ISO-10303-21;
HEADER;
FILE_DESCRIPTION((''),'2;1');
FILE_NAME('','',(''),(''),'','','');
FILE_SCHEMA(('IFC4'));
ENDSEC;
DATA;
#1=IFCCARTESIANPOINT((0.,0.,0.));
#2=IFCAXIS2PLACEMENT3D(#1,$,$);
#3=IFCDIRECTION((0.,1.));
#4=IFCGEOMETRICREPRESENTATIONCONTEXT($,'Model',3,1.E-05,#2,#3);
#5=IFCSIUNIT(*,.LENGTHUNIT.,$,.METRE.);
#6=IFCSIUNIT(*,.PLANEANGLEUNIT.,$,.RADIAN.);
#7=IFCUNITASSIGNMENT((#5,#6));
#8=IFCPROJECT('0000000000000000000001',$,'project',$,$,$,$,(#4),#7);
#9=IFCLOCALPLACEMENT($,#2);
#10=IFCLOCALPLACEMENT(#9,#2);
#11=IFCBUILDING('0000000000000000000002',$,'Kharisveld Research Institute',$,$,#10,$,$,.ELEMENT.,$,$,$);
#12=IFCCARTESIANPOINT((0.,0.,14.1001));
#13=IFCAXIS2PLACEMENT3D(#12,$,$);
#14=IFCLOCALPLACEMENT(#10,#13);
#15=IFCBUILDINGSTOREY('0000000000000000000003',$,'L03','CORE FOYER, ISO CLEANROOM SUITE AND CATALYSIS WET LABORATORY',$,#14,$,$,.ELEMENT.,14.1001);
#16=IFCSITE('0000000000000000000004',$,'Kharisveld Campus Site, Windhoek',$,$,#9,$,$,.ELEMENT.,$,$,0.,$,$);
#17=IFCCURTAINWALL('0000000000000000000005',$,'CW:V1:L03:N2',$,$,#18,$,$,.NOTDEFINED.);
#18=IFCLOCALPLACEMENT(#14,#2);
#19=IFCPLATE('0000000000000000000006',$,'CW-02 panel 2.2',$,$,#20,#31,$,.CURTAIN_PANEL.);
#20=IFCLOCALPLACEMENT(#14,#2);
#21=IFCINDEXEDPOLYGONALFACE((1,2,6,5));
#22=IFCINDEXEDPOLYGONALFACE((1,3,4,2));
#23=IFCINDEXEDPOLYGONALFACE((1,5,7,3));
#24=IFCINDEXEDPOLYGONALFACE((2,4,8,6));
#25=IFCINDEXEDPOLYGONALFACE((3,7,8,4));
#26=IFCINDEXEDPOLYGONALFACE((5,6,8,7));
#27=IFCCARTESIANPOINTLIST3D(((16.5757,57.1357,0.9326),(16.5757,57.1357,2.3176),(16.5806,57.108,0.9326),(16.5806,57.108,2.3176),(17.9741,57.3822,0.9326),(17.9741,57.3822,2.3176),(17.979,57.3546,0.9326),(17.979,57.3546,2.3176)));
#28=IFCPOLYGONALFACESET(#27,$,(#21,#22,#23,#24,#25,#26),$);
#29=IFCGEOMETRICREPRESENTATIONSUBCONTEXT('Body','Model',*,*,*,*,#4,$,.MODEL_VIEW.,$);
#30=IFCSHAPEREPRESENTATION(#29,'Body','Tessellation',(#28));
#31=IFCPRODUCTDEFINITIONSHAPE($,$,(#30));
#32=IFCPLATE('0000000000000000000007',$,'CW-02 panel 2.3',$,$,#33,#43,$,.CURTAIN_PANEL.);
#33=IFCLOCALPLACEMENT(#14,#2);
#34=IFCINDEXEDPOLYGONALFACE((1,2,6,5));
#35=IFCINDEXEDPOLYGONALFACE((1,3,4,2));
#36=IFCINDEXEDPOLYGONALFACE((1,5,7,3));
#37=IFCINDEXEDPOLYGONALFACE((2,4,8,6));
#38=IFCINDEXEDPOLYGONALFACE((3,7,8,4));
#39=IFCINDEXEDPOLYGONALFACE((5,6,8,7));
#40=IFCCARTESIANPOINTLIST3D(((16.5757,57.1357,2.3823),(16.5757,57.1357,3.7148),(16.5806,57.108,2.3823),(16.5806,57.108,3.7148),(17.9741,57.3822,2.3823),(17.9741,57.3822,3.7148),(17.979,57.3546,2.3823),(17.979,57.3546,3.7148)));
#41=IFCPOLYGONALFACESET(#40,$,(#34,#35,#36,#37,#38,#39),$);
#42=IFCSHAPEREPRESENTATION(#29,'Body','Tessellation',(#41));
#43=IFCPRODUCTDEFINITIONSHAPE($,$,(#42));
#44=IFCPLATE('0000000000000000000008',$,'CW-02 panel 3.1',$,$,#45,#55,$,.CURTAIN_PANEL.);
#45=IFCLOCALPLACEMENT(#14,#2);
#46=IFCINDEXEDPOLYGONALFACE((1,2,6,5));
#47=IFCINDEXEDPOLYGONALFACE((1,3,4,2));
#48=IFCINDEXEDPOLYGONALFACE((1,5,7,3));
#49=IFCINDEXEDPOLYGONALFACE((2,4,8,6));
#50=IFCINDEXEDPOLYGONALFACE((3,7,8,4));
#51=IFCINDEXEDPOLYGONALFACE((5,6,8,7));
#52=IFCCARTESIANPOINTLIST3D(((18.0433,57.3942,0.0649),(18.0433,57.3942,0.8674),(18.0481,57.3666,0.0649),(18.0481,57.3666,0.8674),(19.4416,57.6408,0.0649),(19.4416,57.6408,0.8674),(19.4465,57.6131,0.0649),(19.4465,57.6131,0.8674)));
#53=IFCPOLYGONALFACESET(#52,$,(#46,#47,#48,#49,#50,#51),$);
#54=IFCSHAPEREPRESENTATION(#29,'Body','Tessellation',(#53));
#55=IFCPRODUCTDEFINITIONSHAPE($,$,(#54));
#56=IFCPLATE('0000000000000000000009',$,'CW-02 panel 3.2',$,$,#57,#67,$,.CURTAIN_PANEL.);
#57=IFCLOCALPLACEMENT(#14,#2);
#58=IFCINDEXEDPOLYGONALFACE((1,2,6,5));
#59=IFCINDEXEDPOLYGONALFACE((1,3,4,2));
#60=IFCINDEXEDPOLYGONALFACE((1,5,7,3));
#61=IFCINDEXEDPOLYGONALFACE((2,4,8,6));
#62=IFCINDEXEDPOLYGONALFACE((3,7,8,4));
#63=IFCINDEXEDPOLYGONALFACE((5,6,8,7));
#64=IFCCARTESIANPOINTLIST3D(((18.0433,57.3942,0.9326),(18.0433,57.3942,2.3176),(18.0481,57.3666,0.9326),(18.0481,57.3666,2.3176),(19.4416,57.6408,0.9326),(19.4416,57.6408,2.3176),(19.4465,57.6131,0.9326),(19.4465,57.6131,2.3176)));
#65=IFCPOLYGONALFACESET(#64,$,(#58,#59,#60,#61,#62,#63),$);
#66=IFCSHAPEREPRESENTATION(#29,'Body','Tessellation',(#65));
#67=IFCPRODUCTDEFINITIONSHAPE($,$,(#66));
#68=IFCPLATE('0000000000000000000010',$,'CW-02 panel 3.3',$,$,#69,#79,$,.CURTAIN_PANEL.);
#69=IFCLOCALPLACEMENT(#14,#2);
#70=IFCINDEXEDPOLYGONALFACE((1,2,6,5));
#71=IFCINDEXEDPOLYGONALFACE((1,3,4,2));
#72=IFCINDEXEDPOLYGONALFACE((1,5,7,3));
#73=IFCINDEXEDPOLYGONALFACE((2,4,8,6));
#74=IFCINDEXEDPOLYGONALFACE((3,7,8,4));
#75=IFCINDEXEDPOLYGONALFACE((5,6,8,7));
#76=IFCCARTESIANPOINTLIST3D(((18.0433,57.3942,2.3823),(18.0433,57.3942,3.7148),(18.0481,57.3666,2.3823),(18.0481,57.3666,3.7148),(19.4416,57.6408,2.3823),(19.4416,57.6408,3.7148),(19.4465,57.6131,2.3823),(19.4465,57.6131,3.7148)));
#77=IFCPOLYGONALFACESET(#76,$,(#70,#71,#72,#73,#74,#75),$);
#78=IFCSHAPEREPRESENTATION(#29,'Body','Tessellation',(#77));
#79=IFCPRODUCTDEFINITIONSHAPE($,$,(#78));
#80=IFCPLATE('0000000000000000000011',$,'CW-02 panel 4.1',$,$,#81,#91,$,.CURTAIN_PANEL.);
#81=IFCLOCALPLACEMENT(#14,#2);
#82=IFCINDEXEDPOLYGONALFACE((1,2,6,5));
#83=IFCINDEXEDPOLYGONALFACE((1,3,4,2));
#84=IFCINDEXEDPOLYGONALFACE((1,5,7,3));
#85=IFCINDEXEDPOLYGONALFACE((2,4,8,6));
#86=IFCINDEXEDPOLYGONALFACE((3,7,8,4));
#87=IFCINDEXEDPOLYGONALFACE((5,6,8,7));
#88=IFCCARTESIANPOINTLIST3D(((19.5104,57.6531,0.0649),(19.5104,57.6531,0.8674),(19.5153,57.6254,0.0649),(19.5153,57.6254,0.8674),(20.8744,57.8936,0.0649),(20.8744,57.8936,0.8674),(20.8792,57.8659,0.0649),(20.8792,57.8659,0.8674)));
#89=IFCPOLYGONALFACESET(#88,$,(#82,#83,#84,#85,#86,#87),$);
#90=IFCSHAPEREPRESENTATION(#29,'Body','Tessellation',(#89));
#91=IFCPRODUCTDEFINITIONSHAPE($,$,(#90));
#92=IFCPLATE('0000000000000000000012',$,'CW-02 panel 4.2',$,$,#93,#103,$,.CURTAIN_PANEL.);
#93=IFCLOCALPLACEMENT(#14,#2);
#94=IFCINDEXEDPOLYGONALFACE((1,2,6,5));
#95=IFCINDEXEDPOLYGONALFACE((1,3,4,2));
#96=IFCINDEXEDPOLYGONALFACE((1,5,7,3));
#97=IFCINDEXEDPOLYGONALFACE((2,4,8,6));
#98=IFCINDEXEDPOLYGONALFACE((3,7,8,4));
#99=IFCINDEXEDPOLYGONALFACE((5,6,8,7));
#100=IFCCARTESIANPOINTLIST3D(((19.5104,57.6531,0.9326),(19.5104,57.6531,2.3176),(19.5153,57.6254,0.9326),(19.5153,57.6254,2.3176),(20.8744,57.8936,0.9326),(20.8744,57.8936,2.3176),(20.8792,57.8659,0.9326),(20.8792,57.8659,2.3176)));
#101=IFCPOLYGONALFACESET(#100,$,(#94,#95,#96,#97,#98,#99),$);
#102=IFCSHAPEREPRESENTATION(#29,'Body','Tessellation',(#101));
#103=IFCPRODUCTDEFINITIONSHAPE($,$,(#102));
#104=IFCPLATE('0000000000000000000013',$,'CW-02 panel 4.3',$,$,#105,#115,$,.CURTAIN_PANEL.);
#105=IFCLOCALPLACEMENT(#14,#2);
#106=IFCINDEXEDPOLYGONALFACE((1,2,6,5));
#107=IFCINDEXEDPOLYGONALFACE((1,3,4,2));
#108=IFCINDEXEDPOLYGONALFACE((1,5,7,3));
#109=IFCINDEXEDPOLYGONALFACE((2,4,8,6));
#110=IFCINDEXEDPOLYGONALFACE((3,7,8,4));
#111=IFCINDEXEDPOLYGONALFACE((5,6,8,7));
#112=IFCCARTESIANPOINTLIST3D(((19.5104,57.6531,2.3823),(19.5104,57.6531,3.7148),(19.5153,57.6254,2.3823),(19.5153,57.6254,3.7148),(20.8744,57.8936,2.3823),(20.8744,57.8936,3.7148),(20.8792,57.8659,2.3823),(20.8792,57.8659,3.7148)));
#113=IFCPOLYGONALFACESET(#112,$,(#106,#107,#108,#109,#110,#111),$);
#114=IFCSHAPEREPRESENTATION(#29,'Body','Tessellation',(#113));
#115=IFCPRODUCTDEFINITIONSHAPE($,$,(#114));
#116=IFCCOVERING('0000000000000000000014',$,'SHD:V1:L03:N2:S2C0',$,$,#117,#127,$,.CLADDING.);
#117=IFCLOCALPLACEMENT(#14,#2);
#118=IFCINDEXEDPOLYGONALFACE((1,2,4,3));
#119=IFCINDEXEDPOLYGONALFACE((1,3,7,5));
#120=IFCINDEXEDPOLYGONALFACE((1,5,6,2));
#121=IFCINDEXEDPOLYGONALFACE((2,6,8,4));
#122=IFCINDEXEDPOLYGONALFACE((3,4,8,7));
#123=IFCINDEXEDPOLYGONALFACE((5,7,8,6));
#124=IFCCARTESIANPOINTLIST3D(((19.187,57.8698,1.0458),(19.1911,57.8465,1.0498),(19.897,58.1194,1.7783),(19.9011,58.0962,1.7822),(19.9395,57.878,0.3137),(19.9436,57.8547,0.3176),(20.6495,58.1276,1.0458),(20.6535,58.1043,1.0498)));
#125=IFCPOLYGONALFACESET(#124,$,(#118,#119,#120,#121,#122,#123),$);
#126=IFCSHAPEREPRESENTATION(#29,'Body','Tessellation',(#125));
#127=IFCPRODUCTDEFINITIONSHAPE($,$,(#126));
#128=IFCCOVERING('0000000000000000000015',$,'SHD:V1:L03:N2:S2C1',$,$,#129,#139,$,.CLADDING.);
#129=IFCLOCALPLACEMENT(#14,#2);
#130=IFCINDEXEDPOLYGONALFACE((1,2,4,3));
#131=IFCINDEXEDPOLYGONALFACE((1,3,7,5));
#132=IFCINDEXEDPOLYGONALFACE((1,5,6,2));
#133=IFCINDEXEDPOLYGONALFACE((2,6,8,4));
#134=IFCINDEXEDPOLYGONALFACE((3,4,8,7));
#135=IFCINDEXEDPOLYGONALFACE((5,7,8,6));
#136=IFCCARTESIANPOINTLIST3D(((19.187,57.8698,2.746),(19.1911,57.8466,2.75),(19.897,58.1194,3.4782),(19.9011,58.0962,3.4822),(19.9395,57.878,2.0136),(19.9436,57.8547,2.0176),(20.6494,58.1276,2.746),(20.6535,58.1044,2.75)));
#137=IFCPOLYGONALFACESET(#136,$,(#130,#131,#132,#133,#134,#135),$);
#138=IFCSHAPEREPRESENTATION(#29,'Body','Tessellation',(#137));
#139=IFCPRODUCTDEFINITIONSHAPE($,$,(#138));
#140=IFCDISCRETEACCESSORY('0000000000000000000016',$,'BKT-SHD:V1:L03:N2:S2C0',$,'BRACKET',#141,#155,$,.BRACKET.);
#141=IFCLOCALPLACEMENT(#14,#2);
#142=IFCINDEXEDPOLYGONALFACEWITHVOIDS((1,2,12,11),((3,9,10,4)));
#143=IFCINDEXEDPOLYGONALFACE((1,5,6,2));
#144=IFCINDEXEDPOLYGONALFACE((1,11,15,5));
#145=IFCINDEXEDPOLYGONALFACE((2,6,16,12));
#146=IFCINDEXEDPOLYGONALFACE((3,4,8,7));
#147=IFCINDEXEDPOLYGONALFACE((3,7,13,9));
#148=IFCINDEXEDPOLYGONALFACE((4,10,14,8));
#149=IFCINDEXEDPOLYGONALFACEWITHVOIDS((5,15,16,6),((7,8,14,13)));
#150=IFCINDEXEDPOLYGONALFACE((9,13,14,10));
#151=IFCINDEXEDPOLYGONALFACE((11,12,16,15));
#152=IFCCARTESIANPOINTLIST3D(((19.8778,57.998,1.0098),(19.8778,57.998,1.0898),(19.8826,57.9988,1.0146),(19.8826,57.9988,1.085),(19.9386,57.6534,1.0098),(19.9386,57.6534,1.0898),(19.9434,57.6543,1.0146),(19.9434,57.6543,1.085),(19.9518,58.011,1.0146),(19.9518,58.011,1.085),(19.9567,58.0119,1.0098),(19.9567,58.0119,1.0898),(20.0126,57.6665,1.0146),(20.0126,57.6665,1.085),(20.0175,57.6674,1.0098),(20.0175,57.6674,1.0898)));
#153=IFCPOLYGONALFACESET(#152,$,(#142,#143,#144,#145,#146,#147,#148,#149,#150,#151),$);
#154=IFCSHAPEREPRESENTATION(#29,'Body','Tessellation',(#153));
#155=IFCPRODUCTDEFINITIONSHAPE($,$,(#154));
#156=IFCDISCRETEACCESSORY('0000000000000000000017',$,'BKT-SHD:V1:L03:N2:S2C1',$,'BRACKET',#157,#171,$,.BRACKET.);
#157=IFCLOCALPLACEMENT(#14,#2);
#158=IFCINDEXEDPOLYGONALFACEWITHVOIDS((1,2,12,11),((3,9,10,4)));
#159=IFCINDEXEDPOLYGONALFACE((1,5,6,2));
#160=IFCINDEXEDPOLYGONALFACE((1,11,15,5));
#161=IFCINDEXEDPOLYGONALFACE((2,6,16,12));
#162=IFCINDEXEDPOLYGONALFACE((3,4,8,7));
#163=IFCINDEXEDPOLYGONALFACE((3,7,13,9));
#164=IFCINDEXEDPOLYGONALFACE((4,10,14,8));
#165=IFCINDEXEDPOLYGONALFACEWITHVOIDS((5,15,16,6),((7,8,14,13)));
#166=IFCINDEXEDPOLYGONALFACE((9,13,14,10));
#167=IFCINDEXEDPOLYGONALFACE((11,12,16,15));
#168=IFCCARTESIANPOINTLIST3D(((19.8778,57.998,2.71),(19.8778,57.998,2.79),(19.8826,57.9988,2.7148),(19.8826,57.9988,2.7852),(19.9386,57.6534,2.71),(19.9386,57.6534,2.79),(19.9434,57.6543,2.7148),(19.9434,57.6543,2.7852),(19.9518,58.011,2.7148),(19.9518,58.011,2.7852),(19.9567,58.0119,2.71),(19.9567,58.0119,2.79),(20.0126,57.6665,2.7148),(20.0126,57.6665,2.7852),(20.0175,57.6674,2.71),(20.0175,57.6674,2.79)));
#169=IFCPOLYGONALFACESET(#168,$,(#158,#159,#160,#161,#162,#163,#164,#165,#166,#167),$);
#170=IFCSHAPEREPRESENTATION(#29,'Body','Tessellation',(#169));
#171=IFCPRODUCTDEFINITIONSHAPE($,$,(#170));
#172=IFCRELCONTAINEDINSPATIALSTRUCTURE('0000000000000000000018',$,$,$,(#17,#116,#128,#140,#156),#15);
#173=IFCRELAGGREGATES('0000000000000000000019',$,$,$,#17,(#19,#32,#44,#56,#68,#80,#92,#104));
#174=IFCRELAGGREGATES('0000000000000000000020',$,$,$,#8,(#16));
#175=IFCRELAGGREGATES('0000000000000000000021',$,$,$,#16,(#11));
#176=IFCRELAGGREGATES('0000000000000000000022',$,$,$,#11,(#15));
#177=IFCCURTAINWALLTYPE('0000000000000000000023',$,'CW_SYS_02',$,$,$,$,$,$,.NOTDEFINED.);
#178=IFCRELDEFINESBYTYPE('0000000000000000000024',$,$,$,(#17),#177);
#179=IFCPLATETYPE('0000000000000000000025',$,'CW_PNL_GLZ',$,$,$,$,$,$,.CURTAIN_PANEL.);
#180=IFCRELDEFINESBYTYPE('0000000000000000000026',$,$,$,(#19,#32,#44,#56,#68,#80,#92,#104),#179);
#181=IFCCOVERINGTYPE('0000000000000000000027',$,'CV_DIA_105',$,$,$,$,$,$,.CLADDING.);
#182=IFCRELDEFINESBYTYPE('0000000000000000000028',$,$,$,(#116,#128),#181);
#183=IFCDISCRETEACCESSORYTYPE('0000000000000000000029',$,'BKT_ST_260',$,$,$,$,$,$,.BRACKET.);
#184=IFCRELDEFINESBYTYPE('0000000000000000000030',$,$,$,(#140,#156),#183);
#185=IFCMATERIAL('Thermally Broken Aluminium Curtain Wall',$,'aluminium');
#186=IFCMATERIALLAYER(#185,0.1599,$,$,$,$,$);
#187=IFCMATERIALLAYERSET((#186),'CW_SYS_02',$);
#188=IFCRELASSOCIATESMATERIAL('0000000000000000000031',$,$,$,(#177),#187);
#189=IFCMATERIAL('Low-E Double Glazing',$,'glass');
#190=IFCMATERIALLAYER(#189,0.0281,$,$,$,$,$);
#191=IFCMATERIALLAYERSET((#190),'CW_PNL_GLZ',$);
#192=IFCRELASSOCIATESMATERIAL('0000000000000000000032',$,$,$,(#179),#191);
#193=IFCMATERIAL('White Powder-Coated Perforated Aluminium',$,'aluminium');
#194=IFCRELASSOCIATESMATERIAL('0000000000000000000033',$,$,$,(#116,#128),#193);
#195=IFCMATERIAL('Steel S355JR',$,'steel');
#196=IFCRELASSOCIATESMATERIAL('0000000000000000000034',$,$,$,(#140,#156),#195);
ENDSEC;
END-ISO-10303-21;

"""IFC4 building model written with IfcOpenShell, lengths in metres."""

from ifc_helpers import new_model, si_unit, direction, frame, origin, origin_2d, place, context, subcontext, project, spatial, polyline, rectangle, hollow_rectangle, outline, extrude, material, layer, layer_set, type_object, element, aggregate, save


model = new_model("IFC4")

# Units and contexts
model_context = context("Model", 3, precision=1e-05, world=origin(), true_north=direction((0.0, 1.0)))
body_context = subcontext(model_context, "Body", "Model", "MODEL_VIEW")
ifc_project = project(units=[si_unit("LENGTHUNIT", "METRE"), si_unit("PLANEANGLEUNIT", "RADIAN")], contexts=[model_context])

# Site, building, storey
site_placement = place(None, origin())
site = spatial("IfcSite", under=ifc_project, at=site_placement, Name="Kharisveld Campus Site, Windhoek", CompositionType="ELEMENT", RefElevation=0.0)
building_placement = place(site_placement, origin())
building = spatial("IfcBuilding", under=site, at=building_placement, Name="Kharisveld Research Institute", CompositionType="ELEMENT")
storey_placement = place(building_placement, frame((0.0, 0.0, 14.1001)))
storey = spatial("IfcBuildingStorey", under=building, at=storey_placement, Name="L03", Description="CORE FOYER, ISO CLEANROOM SUITE AND CATALYSIS WET LABORATORY", CompositionType="ELEMENT", Elevation=14.1001)

# Curtain wall, plates
ifc_material_1 = material(Name="Thermally Broken Aluminium Curtain Wall", Category="aluminium")
ifc_layer_1 = layer(ifc_material_1, 0.1599)
ifc_layer_set_1 = layer_set([ifc_layer_1], Name="CW_SYS_02")
curtain_wall_type = type_object("IfcCurtainWallType", Name="CW_SYS_02", PredefinedType="NOTDEFINED", material=ifc_layer_set_1)
curtain_wall_placement = place(storey_placement, origin())
curtain_wall = element("IfcCurtainWall", 1, at=curtain_wall_placement, inside=storey, type_object=curtain_wall_type, Name="CW:V1:L03:N2", PredefinedType="NOTDEFINED")
ifc_material_2 = material(Name="Low-E Double Glazing", Category="glass")
ifc_layer_2 = layer(ifc_material_2, 0.0281)
ifc_layer_set_2 = layer_set([ifc_layer_2], Name="CW_PNL_GLZ")
plate_type = type_object("IfcPlateType", Name="CW_PNL_GLZ", PredefinedType="CURTAIN_PANEL", material=ifc_layer_set_2)
plate_1_placement = place(storey_placement, frame((17.2773, 57.2451, 0.9326), z_axis=(0.0, 0.0, 1.0), x_axis=(0.984808, 0.173648, 0.0)))
plate_1 = element("IfcPlate", 2, at=plate_1_placement, type_object=plate_type, Name="CW-02 panel 2.2", PredefinedType="CURTAIN_PANEL", context=body_context, shape_type="SweptSolid", body=[
    extrude(rectangle(XDim=1.4199, YDim=0.0281, at=origin_2d()), origin(), (0.0, 0.0, 1.0), 1.385),
])
plate_2_placement = place(storey_placement, frame((17.2773, 57.2451, 2.3823), z_axis=(0.0, 0.0, 1.0), x_axis=(0.984808, 0.173648, 0.0)))
plate_2 = element("IfcPlate", 3, at=plate_2_placement, type_object=plate_type, Name="CW-02 panel 2.3", PredefinedType="CURTAIN_PANEL", context=body_context, shape_type="SweptSolid", body=[
    extrude(rectangle(XDim=1.4199, YDim=0.0281, at=origin_2d()), origin(), (0.0, 0.0, 1.0), 1.3325),
])
plate_3_placement = place(storey_placement, frame((18.7449, 57.5037, 0.0649), z_axis=(0.0, 0.0, 1.0), x_axis=(0.984808, 0.173648, 0.0)))
plate_3 = element("IfcPlate", 4, at=plate_3_placement, type_object=plate_type, Name="CW-02 panel 3.1", PredefinedType="CURTAIN_PANEL", context=body_context, shape_type="SweptSolid", body=[
    extrude(rectangle(XDim=1.4199, YDim=0.0281, at=origin_2d()), origin(), (0.0, 0.0, 1.0), 0.8025),
])
plate_4_placement = place(storey_placement, frame((18.7449, 57.5037, 0.9326), z_axis=(0.0, 0.0, 1.0), x_axis=(0.984808, 0.173648, 0.0)))
plate_4 = element("IfcPlate", 5, at=plate_4_placement, type_object=plate_type, Name="CW-02 panel 3.2", PredefinedType="CURTAIN_PANEL", context=body_context, shape_type="SweptSolid", body=[
    extrude(rectangle(XDim=1.4199, YDim=0.0281, at=origin_2d()), origin(), (0.0, 0.0, 1.0), 1.385),
])
plate_5_placement = place(storey_placement, frame((18.7449, 57.5037, 2.3823), z_axis=(0.0, 0.0, 1.0), x_axis=(0.984808, 0.173648, 0.0)))
plate_5 = element("IfcPlate", 6, at=plate_5_placement, type_object=plate_type, Name="CW-02 panel 3.3", PredefinedType="CURTAIN_PANEL", context=body_context, shape_type="SweptSolid", body=[
    extrude(rectangle(XDim=1.4199, YDim=0.0281, at=origin_2d()), origin(), (0.0, 0.0, 1.0), 1.3325),
])
plate_6_placement = place(storey_placement, frame((20.1948, 57.7595, 0.0649), z_axis=(0.0, 0.0, 1.0), x_axis=(0.984808, 0.173648, 0.0)))
plate_6 = element("IfcPlate", 7, at=plate_6_placement, type_object=plate_type, Name="CW-02 panel 4.1", PredefinedType="CURTAIN_PANEL", context=body_context, shape_type="SweptSolid", body=[
    extrude(rectangle(XDim=1.385, YDim=0.0281, at=origin_2d()), origin(), (0.0, 0.0, 1.0), 0.8025),
])
plate_7_placement = place(storey_placement, frame((20.1948, 57.7595, 0.9326), z_axis=(0.0, 0.0, 1.0), x_axis=(0.984808, 0.173648, 0.0)))
plate_7 = element("IfcPlate", 8, at=plate_7_placement, type_object=plate_type, Name="CW-02 panel 4.2", PredefinedType="CURTAIN_PANEL", context=body_context, shape_type="SweptSolid", body=[
    extrude(rectangle(XDim=1.385, YDim=0.0281, at=origin_2d()), origin(), (0.0, 0.0, 1.0), 1.385),
])
plate_8_placement = place(storey_placement, frame((20.1948, 57.7595, 2.3823), z_axis=(0.0, 0.0, 1.0), x_axis=(0.984808, 0.173648, 0.0)))
plate_8 = element("IfcPlate", 9, at=plate_8_placement, type_object=plate_type, Name="CW-02 panel 4.3", PredefinedType="CURTAIN_PANEL", context=body_context, shape_type="SweptSolid", body=[
    extrude(rectangle(XDim=1.385, YDim=0.0281, at=origin_2d()), origin(), (0.0, 0.0, 1.0), 1.3325),
])
aggregate(curtain_wall, [plate_1, plate_2, plate_3, plate_4, plate_5, plate_6, plate_7, plate_8])

# Coverings
ifc_material_3 = material(Name="White Powder-Coated Perforated Aluminium", Category="aluminium")
covering_type = type_object("IfcCoveringType", Name="CV_DIA_105", PredefinedType="CLADDING")
covering_1_placement = place(storey_placement, frame((19.9436, 57.8547, 0.3176), z_axis=(0.171234, -0.971299, 0.165096), x_axis=(0.676173, 0.237734, 0.697333)))
element("IfcCovering", 10, at=covering_1_placement, inside=storey, type_object=covering_type, material=ifc_material_3, Name="SHD:V1:L03:N2:S2C0", PredefinedType="CLADDING", context=body_context, shape_type="SweptSolid", body=[
    extrude(outline(polyline([(0.0, 0.0), (1.0499, 0.0), (1.05, 1.0501), (-0.0002, 1.0499), (0.0, 0.0)])), origin(), (0.0, 0.0, -1.0), 0.0239),
])
covering_2_placement = place(storey_placement, frame((19.9436, 57.8547, 2.0176), z_axis=(0.171234, -0.971299, 0.165096), x_axis=(0.676056, 0.237732, 0.697446)))
element("IfcCovering", 11, at=covering_2_placement, inside=storey, type_object=covering_type, material=ifc_material_3, Name="SHD:V1:L03:N2:S2C1", PredefinedType="CLADDING", context=body_context, shape_type="SweptSolid", body=[
    extrude(outline(polyline([(0.0, 0.0), (1.0501, 0.0), (1.0502, 1.0499), (0.0002, 1.0501), (0.0, 0.0)])), origin(), (0.0, 0.0, -1.0), 0.0239),
])

# Discrete accessories
ifc_material_4 = material(Name="Steel S355JR", Category="steel")
discrete_accessory_type = type_object("IfcDiscreteAccessoryType", Name="BKT_ST_260", PredefinedType="BRACKET")
for number, where, z_axis, x_axis, name in (
    (12, (19.978, 57.6604, 1.0498), (-0.173785, 0.984784, 0.0), (-0.984784, -0.173785, 0.0), "BKT-SHD:V1:L03:N2:S2C0"),
    (13, (19.978, 57.6604, 2.75), (-0.173785, 0.984784, 0.0), (-0.984784, -0.173785, 0.0), "BKT-SHD:V1:L03:N2:S2C1"),
):
    element("IfcDiscreteAccessory", number, at=place(storey_placement, frame(where, z_axis=z_axis, x_axis=x_axis)), inside=storey, type_object=discrete_accessory_type, material=ifc_material_4, Name=name, ObjectType="BRACKET", PredefinedType="BRACKET", context=body_context, shape_type="SweptSolid", body=[
        extrude(hollow_rectangle(XDim=0.0801, YDim=0.0801, WallThickness=0.0049, at=origin_2d()), origin(), (0.0, 0.0, 1.0), 0.3499),
    ])

save(model, "model.ifc")
